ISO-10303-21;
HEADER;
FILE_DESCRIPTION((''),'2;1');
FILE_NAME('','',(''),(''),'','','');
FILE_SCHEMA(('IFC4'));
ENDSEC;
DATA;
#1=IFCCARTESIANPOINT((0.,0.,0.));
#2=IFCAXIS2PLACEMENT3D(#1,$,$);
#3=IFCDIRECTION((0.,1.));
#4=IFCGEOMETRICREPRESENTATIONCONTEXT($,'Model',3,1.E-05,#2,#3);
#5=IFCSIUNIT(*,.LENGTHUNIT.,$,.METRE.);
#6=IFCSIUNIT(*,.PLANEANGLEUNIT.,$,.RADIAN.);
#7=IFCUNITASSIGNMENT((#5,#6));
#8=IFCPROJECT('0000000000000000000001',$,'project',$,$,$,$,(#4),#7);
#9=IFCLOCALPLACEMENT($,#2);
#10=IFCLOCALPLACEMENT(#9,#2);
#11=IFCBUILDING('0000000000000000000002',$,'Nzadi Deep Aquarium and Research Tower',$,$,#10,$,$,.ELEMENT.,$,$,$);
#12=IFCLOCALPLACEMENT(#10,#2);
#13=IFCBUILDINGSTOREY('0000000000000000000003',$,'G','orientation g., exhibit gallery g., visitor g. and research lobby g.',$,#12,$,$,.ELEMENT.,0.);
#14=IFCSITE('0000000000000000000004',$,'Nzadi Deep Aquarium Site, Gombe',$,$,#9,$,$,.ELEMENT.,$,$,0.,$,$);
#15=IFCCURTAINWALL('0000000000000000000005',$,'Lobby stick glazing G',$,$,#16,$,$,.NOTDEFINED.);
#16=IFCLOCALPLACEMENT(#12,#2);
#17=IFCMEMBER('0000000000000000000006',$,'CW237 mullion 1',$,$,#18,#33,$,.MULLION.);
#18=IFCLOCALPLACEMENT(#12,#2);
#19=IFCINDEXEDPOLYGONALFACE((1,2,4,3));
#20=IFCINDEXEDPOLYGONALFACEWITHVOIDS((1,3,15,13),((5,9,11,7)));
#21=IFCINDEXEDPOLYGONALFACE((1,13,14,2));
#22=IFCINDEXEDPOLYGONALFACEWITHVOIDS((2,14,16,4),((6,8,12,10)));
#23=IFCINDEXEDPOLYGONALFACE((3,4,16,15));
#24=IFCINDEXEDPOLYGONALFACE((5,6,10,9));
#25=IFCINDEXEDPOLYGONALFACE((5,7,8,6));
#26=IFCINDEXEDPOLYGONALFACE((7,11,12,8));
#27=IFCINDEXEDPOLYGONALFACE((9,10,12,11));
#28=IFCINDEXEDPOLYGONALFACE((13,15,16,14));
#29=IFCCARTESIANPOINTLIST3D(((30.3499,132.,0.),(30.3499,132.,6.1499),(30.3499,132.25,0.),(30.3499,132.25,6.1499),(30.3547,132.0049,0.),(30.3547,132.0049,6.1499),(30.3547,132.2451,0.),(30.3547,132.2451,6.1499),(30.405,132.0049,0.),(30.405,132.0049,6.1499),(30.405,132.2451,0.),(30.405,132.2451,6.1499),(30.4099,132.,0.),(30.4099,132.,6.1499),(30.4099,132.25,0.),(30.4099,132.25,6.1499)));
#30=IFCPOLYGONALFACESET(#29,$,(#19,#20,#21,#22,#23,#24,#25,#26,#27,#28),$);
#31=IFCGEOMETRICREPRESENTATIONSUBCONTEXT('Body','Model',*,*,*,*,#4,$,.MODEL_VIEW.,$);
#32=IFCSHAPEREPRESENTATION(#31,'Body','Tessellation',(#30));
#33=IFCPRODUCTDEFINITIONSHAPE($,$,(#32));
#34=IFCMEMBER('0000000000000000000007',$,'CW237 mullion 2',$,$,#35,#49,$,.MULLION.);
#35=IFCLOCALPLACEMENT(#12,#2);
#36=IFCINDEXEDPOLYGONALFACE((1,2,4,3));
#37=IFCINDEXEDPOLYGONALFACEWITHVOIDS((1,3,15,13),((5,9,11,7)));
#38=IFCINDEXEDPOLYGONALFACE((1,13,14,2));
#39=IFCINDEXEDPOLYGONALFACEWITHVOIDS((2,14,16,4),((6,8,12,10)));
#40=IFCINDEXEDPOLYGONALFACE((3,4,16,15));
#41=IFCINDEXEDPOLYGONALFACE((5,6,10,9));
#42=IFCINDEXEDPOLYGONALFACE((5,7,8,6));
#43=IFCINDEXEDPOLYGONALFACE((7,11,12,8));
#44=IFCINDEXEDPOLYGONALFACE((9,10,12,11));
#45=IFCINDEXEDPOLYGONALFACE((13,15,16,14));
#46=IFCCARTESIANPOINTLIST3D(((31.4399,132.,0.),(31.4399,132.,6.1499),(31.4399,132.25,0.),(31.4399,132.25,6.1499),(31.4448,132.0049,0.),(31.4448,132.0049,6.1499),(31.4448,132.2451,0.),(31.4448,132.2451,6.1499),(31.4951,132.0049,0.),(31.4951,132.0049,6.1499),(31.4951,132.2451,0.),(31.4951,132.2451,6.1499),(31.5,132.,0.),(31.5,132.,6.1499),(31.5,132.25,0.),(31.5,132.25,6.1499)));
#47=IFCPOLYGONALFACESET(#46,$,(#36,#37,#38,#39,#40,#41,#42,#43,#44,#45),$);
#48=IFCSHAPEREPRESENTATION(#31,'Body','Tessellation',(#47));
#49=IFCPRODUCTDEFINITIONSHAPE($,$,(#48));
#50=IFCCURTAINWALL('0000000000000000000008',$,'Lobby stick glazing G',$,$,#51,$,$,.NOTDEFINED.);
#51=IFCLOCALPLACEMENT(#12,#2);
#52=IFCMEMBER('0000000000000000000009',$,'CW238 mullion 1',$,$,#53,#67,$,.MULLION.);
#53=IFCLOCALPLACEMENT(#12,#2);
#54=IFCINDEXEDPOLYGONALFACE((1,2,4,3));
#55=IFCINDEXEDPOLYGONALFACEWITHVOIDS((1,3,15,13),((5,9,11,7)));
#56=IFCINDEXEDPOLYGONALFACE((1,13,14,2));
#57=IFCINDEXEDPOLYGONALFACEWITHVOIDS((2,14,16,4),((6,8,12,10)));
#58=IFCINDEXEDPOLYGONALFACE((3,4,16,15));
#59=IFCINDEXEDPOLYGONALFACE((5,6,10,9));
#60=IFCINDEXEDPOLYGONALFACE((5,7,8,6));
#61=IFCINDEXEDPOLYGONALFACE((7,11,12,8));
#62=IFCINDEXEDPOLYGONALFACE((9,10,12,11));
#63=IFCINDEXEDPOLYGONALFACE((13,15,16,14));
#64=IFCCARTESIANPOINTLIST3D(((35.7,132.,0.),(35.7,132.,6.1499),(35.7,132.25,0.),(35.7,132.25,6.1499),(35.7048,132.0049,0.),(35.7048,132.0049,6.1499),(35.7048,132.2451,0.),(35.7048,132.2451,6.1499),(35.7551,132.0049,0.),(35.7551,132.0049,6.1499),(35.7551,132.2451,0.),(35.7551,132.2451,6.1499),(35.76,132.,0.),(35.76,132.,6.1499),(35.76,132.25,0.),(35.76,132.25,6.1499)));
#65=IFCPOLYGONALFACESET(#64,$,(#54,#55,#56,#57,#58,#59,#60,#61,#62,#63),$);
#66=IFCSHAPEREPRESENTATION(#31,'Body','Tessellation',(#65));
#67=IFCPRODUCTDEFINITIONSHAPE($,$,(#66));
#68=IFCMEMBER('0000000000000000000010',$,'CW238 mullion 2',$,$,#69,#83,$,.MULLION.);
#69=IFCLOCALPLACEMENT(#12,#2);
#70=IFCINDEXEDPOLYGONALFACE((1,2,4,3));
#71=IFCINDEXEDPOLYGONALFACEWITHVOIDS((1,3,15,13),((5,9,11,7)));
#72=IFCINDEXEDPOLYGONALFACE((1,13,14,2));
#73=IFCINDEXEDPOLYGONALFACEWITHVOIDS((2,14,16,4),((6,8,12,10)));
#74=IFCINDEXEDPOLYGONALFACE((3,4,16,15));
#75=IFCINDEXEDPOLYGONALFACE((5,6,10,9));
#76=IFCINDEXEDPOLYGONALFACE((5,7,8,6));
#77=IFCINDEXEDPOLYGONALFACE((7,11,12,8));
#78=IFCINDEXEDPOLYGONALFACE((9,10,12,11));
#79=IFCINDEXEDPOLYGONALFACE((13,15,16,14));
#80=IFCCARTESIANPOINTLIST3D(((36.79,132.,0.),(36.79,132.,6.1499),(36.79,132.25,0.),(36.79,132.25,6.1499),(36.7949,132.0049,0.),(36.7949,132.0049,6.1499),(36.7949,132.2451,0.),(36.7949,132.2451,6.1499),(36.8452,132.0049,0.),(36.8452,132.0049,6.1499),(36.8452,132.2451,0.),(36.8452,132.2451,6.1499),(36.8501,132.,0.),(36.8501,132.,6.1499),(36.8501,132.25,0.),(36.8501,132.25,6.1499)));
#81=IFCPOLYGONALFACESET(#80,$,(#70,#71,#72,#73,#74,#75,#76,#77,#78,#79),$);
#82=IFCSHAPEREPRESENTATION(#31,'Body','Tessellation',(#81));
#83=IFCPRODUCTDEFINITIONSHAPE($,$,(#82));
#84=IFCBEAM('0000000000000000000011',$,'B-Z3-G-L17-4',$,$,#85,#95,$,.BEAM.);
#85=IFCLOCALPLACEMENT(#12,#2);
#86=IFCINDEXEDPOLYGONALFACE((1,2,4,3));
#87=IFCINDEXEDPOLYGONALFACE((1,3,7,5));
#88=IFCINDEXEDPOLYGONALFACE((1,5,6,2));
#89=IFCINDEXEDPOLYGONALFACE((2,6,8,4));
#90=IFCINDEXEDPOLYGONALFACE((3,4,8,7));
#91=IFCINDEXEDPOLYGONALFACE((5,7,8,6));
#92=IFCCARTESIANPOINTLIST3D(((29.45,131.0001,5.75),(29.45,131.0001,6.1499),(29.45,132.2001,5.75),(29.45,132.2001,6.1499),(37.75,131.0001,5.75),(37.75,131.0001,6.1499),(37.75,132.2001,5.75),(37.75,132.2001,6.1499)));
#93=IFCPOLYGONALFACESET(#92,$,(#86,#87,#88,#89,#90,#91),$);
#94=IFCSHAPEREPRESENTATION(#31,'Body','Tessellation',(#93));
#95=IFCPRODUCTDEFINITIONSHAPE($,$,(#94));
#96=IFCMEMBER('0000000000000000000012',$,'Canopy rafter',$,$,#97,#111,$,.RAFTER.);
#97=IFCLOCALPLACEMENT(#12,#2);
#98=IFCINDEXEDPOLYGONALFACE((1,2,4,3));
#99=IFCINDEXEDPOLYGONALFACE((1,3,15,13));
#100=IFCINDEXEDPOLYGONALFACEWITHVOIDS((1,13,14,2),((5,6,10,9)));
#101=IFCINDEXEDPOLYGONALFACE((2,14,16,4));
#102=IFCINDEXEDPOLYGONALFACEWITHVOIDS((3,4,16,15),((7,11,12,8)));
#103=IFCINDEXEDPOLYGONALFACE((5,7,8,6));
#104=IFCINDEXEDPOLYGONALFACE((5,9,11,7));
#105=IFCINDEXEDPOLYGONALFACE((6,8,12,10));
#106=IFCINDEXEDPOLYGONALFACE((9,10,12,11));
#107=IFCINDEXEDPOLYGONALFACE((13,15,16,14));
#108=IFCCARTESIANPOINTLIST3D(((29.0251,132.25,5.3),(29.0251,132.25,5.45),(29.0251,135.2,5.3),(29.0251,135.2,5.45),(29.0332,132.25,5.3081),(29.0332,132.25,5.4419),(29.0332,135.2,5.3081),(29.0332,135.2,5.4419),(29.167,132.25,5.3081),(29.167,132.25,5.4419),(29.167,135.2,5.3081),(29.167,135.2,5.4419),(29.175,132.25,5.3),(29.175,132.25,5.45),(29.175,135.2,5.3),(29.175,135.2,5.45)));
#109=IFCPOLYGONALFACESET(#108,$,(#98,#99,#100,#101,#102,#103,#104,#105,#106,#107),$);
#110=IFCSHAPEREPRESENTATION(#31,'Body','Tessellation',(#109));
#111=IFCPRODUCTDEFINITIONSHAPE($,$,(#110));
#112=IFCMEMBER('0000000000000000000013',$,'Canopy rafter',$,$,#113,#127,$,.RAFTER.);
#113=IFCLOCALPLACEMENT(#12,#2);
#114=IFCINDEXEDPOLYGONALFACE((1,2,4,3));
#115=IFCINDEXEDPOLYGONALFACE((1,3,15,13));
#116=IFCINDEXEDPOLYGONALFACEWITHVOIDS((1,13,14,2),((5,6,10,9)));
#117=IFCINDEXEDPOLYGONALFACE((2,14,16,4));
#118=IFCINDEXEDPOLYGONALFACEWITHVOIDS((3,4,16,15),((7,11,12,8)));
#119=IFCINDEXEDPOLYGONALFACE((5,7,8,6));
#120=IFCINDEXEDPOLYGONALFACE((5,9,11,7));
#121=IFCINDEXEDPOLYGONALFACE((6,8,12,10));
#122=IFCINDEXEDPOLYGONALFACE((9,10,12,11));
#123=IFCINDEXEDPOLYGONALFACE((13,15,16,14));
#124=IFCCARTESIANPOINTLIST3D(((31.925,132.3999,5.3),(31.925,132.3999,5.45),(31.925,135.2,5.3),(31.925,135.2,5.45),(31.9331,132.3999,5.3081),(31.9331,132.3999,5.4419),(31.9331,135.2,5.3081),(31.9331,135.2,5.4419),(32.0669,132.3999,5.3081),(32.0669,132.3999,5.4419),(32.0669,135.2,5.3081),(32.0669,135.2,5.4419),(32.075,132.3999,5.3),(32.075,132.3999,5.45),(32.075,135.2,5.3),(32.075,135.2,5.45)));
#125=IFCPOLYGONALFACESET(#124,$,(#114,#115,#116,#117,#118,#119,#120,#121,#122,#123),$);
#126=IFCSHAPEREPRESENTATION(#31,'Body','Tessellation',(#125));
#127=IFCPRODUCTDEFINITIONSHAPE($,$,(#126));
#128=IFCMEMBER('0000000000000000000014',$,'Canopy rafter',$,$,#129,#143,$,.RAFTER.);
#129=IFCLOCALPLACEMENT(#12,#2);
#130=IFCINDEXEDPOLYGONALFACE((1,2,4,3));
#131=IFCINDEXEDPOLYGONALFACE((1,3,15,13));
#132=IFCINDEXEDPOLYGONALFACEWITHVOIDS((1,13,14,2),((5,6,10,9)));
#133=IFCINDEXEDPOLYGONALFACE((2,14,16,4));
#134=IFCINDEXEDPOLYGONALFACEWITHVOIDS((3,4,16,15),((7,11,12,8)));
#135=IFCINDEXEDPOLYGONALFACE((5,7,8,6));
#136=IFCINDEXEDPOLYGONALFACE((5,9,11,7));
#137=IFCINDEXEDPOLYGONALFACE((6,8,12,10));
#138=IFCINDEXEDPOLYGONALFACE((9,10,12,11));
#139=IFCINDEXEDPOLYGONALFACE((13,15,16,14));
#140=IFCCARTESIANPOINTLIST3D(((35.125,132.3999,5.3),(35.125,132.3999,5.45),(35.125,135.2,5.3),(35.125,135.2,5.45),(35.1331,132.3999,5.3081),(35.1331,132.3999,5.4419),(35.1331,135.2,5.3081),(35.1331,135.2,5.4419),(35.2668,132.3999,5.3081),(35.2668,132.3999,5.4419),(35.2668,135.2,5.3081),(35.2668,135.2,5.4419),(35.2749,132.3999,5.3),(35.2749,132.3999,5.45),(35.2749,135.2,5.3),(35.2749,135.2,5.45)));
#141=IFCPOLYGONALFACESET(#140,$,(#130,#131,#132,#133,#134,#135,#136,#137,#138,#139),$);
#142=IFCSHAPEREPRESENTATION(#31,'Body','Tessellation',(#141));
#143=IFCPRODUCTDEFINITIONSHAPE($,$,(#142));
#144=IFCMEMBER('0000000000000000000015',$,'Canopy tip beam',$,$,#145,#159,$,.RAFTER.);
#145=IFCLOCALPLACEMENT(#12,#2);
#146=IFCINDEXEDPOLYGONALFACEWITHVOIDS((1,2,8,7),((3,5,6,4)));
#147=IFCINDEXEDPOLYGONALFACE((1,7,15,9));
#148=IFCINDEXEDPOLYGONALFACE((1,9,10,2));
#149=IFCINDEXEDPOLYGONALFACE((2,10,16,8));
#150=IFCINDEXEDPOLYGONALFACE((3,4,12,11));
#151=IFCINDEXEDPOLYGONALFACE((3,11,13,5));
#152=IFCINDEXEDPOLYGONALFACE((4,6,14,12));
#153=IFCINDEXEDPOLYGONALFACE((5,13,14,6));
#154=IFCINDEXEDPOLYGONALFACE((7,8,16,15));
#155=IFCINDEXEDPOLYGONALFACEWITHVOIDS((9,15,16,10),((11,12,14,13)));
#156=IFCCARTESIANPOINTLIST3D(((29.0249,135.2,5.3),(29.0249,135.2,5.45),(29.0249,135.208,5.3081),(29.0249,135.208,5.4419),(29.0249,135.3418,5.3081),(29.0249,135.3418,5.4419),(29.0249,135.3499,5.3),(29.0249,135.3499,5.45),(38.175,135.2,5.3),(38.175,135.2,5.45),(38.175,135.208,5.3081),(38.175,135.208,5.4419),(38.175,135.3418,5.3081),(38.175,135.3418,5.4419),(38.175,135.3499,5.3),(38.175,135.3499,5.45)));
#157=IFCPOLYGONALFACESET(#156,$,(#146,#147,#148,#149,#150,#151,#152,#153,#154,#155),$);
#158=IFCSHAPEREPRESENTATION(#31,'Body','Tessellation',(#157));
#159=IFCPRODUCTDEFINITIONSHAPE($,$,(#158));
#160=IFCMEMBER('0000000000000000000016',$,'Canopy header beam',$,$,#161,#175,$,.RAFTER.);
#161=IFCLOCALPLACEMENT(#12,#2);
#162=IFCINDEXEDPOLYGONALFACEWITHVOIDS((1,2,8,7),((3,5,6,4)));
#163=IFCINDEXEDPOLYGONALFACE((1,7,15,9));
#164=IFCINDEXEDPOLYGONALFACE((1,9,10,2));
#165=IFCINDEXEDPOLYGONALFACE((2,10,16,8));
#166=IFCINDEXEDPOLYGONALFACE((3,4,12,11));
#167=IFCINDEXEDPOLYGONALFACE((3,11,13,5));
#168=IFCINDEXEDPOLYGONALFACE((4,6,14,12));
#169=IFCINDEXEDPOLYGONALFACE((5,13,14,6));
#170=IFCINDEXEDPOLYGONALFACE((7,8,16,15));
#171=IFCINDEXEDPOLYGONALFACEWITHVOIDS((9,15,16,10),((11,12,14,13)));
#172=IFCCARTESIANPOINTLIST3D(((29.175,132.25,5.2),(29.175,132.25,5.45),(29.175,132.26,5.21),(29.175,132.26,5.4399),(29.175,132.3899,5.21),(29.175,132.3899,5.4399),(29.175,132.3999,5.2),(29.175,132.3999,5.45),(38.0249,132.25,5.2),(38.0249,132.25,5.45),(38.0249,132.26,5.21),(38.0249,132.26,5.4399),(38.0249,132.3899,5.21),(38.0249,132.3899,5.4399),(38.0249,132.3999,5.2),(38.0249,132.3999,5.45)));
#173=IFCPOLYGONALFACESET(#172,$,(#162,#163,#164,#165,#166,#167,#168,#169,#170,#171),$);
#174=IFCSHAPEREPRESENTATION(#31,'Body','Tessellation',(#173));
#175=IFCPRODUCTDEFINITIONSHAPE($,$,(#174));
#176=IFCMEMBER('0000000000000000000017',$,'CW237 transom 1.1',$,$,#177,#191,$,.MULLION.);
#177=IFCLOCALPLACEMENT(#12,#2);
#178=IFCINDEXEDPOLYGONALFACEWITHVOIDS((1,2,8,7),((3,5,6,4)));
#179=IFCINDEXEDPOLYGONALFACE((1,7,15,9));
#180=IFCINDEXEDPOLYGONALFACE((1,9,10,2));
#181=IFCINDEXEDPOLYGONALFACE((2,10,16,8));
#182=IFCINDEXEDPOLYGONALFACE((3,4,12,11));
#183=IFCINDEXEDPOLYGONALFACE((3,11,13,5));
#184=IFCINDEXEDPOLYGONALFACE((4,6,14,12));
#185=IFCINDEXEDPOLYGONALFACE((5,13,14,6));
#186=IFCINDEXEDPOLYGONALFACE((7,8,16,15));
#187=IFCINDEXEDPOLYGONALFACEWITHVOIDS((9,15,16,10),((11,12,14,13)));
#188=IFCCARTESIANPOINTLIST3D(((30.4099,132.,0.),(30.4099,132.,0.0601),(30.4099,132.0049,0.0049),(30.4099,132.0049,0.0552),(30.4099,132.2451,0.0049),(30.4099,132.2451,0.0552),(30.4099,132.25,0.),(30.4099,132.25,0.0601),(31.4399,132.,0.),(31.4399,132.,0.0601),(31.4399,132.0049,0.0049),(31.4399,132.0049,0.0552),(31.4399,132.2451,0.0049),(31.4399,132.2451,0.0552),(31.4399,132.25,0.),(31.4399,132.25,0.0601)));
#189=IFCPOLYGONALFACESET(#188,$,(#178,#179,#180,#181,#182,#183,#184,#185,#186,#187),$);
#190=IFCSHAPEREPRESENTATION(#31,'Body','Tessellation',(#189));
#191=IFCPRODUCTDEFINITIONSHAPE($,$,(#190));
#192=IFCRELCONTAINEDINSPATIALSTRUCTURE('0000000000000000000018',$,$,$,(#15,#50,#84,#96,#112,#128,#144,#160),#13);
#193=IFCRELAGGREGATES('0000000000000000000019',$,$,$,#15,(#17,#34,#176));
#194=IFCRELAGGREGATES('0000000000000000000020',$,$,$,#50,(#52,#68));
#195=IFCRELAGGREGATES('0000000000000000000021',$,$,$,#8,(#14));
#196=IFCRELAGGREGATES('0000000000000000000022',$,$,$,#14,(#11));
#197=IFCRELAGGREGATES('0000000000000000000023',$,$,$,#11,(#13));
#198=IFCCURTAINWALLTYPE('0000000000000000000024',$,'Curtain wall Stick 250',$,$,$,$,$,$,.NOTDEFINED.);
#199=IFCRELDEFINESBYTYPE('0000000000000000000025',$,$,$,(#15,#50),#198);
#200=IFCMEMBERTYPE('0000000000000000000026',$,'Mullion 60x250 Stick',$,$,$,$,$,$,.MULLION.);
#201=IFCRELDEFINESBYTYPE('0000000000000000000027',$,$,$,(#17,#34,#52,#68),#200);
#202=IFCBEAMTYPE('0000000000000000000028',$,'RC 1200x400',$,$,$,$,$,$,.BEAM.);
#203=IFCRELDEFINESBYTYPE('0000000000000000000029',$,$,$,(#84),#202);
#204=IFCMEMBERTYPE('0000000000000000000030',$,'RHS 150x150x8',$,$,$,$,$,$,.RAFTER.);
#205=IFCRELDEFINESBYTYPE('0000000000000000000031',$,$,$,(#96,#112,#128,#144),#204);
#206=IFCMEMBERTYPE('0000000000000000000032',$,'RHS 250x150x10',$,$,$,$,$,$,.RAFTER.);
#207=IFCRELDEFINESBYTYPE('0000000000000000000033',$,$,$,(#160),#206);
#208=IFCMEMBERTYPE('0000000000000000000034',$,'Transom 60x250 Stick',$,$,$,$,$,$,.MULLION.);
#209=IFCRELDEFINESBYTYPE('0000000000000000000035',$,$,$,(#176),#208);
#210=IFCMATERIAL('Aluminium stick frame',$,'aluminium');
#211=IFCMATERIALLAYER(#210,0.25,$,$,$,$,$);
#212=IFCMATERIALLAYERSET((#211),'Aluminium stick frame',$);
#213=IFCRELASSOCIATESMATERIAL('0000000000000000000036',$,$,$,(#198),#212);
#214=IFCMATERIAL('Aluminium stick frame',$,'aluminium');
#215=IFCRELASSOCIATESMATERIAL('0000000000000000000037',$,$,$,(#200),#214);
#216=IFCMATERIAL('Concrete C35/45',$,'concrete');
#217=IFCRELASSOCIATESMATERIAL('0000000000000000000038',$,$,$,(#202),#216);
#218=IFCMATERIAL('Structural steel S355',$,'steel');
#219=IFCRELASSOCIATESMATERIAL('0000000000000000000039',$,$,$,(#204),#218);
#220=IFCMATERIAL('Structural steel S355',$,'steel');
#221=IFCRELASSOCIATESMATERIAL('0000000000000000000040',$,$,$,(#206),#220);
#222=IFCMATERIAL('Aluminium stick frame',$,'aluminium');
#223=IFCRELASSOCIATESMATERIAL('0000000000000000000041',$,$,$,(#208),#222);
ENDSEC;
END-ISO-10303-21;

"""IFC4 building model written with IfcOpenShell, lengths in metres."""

from ifc_helpers import new_model, si_unit, direction, frame, origin, origin_2d, place, context, subcontext, project, spatial, rectangle, hollow_rectangle, extrude, material, layer, layer_set, material_profile, profile_set, type_object, element, aggregate, save


model = new_model("IFC4")

# Units and contexts
model_context = context("Model", 3, precision=1e-05, world=origin(), true_north=direction((0.0, 1.0)))
body_context = subcontext(model_context, "Body", "Model", "MODEL_VIEW")
ifc_project = project(units=[si_unit("LENGTHUNIT", "METRE"), si_unit("PLANEANGLEUNIT", "RADIAN")], contexts=[model_context])

# Site, building, storey
site_placement = place(None, origin())
site = spatial("IfcSite", under=ifc_project, at=site_placement, Name="Nzadi Deep Aquarium Site, Gombe", CompositionType="ELEMENT", RefElevation=0.0)
building_placement = place(site_placement, origin())
building = spatial("IfcBuilding", under=site, at=building_placement, Name="Nzadi Deep Aquarium and Research Tower", CompositionType="ELEMENT")
storey_placement = place(building_placement, origin())
storey = spatial("IfcBuildingStorey", under=building, at=storey_placement, Name="G", Description="orientation g., exhibit gallery g., visitor g. and research lobby g.", CompositionType="ELEMENT", Elevation=0.0)

# Curtain walls, members
ifc_material_1 = material(Name="Aluminium stick frame", Category="aluminium")
ifc_layer_1 = layer(ifc_material_1, 0.25)
ifc_layer_set_1 = layer_set([ifc_layer_1], Name="Aluminium stick frame")
curtain_wall_type = type_object("IfcCurtainWallType", Name="Curtain wall Stick 250", PredefinedType="NOTDEFINED", material=ifc_layer_set_1)
curtain_wall_1_placement = place(storey_placement, origin())
curtain_wall_1 = element("IfcCurtainWall", 1, at=curtain_wall_1_placement, inside=storey, type_object=curtain_wall_type, Name="Lobby stick glazing G", PredefinedType="NOTDEFINED")
ifc_material_2 = material(Name="Aluminium stick frame", Category="aluminium")
ifc_material_profile_1 = material_profile(ifc_material_2, hollow_rectangle(XDim=0.25, YDim=0.0601, WallThickness=0.0049, at=origin_2d()))
ifc_profile_set_1 = profile_set([ifc_material_profile_1], Name="Aluminium stick frame")
member_type_1 = type_object("IfcMemberType", Name="Mullion 60x250 Stick", PredefinedType="MULLION", material=ifc_profile_set_1)
member_1_placement = place(storey_placement, frame((30.3799, 132.125, 0.0), z_axis=(0.0, 0.0, 1.0), x_axis=(0.0, 1.0, 0.0)))
member_1 = element("IfcMember", 2, at=member_1_placement, type_object=member_type_1, Name="CW237 mullion 1", PredefinedType="MULLION", context=body_context, shape_type="SweptSolid", body=[
    extrude(hollow_rectangle(XDim=0.25, YDim=0.0601, WallThickness=0.0049, at=origin_2d()), origin(), (0.0, 0.0, 1.0), 6.1499),
])
member_2_placement = place(storey_placement, frame((31.47, 132.125, 0.0), z_axis=(0.0, 0.0, 1.0), x_axis=(0.0, 1.0, 0.0)))
member_2 = element("IfcMember", 3, at=member_2_placement, type_object=member_type_1, Name="CW237 mullion 2", PredefinedType="MULLION", context=body_context, shape_type="SweptSolid", body=[
    extrude(hollow_rectangle(XDim=0.25, YDim=0.0601, WallThickness=0.0049, at=origin_2d()), origin(), (0.0, 0.0, 1.0), 6.1499),
])
curtain_wall_2_placement = place(storey_placement, origin())
curtain_wall_2 = element("IfcCurtainWall", 4, at=curtain_wall_2_placement, inside=storey, type_object=curtain_wall_type, Name="Lobby stick glazing G", PredefinedType="NOTDEFINED")
member_3_placement = place(storey_placement, frame((35.73, 132.125, 0.0), z_axis=(0.0, 0.0, 1.0), x_axis=(0.0, 1.0, 0.0)))
member_3 = element("IfcMember", 5, at=member_3_placement, type_object=member_type_1, Name="CW238 mullion 1", PredefinedType="MULLION", context=body_context, shape_type="SweptSolid", body=[
    extrude(hollow_rectangle(XDim=0.25, YDim=0.0601, WallThickness=0.0049, at=origin_2d()), origin(), (0.0, 0.0, 1.0), 6.1499),
])
member_4_placement = place(storey_placement, frame((36.8201, 132.125, 0.0), z_axis=(0.0, 0.0, 1.0), x_axis=(0.0, 1.0, 0.0)))
member_4 = element("IfcMember", 6, at=member_4_placement, type_object=member_type_1, Name="CW238 mullion 2", PredefinedType="MULLION", context=body_context, shape_type="SweptSolid", body=[
    extrude(hollow_rectangle(XDim=0.25, YDim=0.0601, WallThickness=0.0049, at=origin_2d()), origin(), (0.0, 0.0, 1.0), 6.1499),
])

# Beam
ifc_material_3 = material(Name="Concrete C35/45", Category="concrete")
ifc_material_profile_2 = material_profile(ifc_material_3, rectangle(XDim=1.2, YDim=0.3999, at=origin_2d()))
ifc_profile_set_2 = profile_set([ifc_material_profile_2], Name="Concrete C35/45")
beam_type = type_object("IfcBeamType", Name="RC 1200x400", PredefinedType="BEAM", material=ifc_profile_set_2)
beam_placement = place(storey_placement, frame((29.45, 131.6001, 5.95), z_axis=(1.0, 0.0, 0.0), x_axis=(0.0, 1.0, 0.0)))
element("IfcBeam", 7, at=beam_placement, inside=storey, type_object=beam_type, Name="B-Z3-G-L17-4", PredefinedType="BEAM", context=body_context, shape_type="SweptSolid", body=[
    extrude(rectangle(XDim=1.2, YDim=0.3999, at=origin_2d()), origin(), (0.0, 0.0, 1.0), 8.3),
])

# Members
ifc_material_4 = material(Name="Structural steel S355", Category="steel")
ifc_material_profile_3 = material_profile(ifc_material_4, hollow_rectangle(XDim=0.1499, YDim=0.1499, WallThickness=0.0081, at=origin_2d()))
ifc_profile_set_3 = profile_set([ifc_material_profile_3], Name="Structural steel S355")
member_type_2 = type_object("IfcMemberType", Name="RHS 150x150x8", PredefinedType="RAFTER", material=ifc_profile_set_3)
member_5_placement = place(storey_placement, frame((29.1001, 132.25, 5.375), z_axis=(0.0, 1.0, 0.0), x_axis=(-1.0, 0.0, 0.0)))
element("IfcMember", 8, at=member_5_placement, inside=storey, type_object=member_type_2, Name="Canopy rafter", PredefinedType="RAFTER", context=body_context, shape_type="SweptSolid", body=[
    extrude(hollow_rectangle(XDim=0.1499, YDim=0.1499, WallThickness=0.0081, at=origin_2d()), origin(), (0.0, 0.0, 1.0), 2.95),
])
for number, where, z_axis, x_axis, name in (
    (9, (32.0, 132.3999, 5.375), (0.0, 1.0, 0.0), (-1.0, 0.0, 0.0), "Canopy rafter"),
    (10, (35.2, 132.3999, 5.375), (0.0, 1.0, 0.0), (-1.0, 0.0, 0.0), "Canopy rafter"),
):
    element("IfcMember", number, at=place(storey_placement, frame(where, z_axis=z_axis, x_axis=x_axis)), inside=storey, type_object=member_type_2, Name=name, PredefinedType="RAFTER", context=body_context, shape_type="SweptSolid", body=[
        extrude(hollow_rectangle(XDim=0.1499, YDim=0.1499, WallThickness=0.0081, at=origin_2d()), origin(), (0.0, 0.0, 1.0), 2.8),
    ])
member_6_placement = place(storey_placement, frame((29.0249, 135.2749, 5.375), z_axis=(1.0, 0.0, 0.0), x_axis=(0.0, 1.0, 0.0)))
element("IfcMember", 11, at=member_6_placement, inside=storey, type_object=member_type_2, Name="Canopy tip beam", PredefinedType="RAFTER", context=body_context, shape_type="SweptSolid", body=[
    extrude(hollow_rectangle(XDim=0.1499, YDim=0.1499, WallThickness=0.0081, at=origin_2d()), origin(), (0.0, 0.0, 1.0), 9.1501),
])
ifc_material_5 = material(Name="Structural steel S355", Category="steel")
ifc_material_profile_4 = material_profile(ifc_material_5, hollow_rectangle(XDim=0.1499, YDim=0.25, WallThickness=0.01, at=origin_2d()))
ifc_profile_set_4 = profile_set([ifc_material_profile_4], Name="Structural steel S355")
member_type_3 = type_object("IfcMemberType", Name="RHS 250x150x10", PredefinedType="RAFTER", material=ifc_profile_set_4)
member_7_placement = place(storey_placement, frame((29.175, 132.325, 5.325), z_axis=(1.0, 0.0, 0.0), x_axis=(0.0, 1.0, 0.0)))
element("IfcMember", 12, at=member_7_placement, inside=storey, type_object=member_type_3, Name="Canopy header beam", PredefinedType="RAFTER", context=body_context, shape_type="SweptSolid", body=[
    extrude(hollow_rectangle(XDim=0.1499, YDim=0.25, WallThickness=0.01, at=origin_2d()), origin(), (0.0, 0.0, 1.0), 8.8499),
])

# Member
ifc_material_6 = material(Name="Aluminium stick frame", Category="aluminium")
ifc_material_profile_5 = material_profile(ifc_material_6, hollow_rectangle(XDim=0.25, YDim=0.0601, WallThickness=0.0049, at=origin_2d()))
ifc_profile_set_5 = profile_set([ifc_material_profile_5], Name="Aluminium stick frame")
member_type_4 = type_object("IfcMemberType", Name="Transom 60x250 Stick", PredefinedType="MULLION", material=ifc_profile_set_5)
member_8_placement = place(storey_placement, frame((30.4099, 132.125, 0.03), z_axis=(1.0, 0.0, 0.0), x_axis=(0.0, 1.0, 0.0)))
member_8 = element("IfcMember", 13, at=member_8_placement, type_object=member_type_4, Name="CW237 transom 1.1", PredefinedType="MULLION", context=body_context, shape_type="SweptSolid", body=[
    extrude(hollow_rectangle(XDim=0.25, YDim=0.0601, WallThickness=0.0049, at=origin_2d()), origin(), (0.0, 0.0, 1.0), 1.03),
])

aggregate(curtain_wall_1, [member_1, member_2, member_8])
aggregate(curtain_wall_2, [member_3, member_4])

save(model, "model.ifc")
